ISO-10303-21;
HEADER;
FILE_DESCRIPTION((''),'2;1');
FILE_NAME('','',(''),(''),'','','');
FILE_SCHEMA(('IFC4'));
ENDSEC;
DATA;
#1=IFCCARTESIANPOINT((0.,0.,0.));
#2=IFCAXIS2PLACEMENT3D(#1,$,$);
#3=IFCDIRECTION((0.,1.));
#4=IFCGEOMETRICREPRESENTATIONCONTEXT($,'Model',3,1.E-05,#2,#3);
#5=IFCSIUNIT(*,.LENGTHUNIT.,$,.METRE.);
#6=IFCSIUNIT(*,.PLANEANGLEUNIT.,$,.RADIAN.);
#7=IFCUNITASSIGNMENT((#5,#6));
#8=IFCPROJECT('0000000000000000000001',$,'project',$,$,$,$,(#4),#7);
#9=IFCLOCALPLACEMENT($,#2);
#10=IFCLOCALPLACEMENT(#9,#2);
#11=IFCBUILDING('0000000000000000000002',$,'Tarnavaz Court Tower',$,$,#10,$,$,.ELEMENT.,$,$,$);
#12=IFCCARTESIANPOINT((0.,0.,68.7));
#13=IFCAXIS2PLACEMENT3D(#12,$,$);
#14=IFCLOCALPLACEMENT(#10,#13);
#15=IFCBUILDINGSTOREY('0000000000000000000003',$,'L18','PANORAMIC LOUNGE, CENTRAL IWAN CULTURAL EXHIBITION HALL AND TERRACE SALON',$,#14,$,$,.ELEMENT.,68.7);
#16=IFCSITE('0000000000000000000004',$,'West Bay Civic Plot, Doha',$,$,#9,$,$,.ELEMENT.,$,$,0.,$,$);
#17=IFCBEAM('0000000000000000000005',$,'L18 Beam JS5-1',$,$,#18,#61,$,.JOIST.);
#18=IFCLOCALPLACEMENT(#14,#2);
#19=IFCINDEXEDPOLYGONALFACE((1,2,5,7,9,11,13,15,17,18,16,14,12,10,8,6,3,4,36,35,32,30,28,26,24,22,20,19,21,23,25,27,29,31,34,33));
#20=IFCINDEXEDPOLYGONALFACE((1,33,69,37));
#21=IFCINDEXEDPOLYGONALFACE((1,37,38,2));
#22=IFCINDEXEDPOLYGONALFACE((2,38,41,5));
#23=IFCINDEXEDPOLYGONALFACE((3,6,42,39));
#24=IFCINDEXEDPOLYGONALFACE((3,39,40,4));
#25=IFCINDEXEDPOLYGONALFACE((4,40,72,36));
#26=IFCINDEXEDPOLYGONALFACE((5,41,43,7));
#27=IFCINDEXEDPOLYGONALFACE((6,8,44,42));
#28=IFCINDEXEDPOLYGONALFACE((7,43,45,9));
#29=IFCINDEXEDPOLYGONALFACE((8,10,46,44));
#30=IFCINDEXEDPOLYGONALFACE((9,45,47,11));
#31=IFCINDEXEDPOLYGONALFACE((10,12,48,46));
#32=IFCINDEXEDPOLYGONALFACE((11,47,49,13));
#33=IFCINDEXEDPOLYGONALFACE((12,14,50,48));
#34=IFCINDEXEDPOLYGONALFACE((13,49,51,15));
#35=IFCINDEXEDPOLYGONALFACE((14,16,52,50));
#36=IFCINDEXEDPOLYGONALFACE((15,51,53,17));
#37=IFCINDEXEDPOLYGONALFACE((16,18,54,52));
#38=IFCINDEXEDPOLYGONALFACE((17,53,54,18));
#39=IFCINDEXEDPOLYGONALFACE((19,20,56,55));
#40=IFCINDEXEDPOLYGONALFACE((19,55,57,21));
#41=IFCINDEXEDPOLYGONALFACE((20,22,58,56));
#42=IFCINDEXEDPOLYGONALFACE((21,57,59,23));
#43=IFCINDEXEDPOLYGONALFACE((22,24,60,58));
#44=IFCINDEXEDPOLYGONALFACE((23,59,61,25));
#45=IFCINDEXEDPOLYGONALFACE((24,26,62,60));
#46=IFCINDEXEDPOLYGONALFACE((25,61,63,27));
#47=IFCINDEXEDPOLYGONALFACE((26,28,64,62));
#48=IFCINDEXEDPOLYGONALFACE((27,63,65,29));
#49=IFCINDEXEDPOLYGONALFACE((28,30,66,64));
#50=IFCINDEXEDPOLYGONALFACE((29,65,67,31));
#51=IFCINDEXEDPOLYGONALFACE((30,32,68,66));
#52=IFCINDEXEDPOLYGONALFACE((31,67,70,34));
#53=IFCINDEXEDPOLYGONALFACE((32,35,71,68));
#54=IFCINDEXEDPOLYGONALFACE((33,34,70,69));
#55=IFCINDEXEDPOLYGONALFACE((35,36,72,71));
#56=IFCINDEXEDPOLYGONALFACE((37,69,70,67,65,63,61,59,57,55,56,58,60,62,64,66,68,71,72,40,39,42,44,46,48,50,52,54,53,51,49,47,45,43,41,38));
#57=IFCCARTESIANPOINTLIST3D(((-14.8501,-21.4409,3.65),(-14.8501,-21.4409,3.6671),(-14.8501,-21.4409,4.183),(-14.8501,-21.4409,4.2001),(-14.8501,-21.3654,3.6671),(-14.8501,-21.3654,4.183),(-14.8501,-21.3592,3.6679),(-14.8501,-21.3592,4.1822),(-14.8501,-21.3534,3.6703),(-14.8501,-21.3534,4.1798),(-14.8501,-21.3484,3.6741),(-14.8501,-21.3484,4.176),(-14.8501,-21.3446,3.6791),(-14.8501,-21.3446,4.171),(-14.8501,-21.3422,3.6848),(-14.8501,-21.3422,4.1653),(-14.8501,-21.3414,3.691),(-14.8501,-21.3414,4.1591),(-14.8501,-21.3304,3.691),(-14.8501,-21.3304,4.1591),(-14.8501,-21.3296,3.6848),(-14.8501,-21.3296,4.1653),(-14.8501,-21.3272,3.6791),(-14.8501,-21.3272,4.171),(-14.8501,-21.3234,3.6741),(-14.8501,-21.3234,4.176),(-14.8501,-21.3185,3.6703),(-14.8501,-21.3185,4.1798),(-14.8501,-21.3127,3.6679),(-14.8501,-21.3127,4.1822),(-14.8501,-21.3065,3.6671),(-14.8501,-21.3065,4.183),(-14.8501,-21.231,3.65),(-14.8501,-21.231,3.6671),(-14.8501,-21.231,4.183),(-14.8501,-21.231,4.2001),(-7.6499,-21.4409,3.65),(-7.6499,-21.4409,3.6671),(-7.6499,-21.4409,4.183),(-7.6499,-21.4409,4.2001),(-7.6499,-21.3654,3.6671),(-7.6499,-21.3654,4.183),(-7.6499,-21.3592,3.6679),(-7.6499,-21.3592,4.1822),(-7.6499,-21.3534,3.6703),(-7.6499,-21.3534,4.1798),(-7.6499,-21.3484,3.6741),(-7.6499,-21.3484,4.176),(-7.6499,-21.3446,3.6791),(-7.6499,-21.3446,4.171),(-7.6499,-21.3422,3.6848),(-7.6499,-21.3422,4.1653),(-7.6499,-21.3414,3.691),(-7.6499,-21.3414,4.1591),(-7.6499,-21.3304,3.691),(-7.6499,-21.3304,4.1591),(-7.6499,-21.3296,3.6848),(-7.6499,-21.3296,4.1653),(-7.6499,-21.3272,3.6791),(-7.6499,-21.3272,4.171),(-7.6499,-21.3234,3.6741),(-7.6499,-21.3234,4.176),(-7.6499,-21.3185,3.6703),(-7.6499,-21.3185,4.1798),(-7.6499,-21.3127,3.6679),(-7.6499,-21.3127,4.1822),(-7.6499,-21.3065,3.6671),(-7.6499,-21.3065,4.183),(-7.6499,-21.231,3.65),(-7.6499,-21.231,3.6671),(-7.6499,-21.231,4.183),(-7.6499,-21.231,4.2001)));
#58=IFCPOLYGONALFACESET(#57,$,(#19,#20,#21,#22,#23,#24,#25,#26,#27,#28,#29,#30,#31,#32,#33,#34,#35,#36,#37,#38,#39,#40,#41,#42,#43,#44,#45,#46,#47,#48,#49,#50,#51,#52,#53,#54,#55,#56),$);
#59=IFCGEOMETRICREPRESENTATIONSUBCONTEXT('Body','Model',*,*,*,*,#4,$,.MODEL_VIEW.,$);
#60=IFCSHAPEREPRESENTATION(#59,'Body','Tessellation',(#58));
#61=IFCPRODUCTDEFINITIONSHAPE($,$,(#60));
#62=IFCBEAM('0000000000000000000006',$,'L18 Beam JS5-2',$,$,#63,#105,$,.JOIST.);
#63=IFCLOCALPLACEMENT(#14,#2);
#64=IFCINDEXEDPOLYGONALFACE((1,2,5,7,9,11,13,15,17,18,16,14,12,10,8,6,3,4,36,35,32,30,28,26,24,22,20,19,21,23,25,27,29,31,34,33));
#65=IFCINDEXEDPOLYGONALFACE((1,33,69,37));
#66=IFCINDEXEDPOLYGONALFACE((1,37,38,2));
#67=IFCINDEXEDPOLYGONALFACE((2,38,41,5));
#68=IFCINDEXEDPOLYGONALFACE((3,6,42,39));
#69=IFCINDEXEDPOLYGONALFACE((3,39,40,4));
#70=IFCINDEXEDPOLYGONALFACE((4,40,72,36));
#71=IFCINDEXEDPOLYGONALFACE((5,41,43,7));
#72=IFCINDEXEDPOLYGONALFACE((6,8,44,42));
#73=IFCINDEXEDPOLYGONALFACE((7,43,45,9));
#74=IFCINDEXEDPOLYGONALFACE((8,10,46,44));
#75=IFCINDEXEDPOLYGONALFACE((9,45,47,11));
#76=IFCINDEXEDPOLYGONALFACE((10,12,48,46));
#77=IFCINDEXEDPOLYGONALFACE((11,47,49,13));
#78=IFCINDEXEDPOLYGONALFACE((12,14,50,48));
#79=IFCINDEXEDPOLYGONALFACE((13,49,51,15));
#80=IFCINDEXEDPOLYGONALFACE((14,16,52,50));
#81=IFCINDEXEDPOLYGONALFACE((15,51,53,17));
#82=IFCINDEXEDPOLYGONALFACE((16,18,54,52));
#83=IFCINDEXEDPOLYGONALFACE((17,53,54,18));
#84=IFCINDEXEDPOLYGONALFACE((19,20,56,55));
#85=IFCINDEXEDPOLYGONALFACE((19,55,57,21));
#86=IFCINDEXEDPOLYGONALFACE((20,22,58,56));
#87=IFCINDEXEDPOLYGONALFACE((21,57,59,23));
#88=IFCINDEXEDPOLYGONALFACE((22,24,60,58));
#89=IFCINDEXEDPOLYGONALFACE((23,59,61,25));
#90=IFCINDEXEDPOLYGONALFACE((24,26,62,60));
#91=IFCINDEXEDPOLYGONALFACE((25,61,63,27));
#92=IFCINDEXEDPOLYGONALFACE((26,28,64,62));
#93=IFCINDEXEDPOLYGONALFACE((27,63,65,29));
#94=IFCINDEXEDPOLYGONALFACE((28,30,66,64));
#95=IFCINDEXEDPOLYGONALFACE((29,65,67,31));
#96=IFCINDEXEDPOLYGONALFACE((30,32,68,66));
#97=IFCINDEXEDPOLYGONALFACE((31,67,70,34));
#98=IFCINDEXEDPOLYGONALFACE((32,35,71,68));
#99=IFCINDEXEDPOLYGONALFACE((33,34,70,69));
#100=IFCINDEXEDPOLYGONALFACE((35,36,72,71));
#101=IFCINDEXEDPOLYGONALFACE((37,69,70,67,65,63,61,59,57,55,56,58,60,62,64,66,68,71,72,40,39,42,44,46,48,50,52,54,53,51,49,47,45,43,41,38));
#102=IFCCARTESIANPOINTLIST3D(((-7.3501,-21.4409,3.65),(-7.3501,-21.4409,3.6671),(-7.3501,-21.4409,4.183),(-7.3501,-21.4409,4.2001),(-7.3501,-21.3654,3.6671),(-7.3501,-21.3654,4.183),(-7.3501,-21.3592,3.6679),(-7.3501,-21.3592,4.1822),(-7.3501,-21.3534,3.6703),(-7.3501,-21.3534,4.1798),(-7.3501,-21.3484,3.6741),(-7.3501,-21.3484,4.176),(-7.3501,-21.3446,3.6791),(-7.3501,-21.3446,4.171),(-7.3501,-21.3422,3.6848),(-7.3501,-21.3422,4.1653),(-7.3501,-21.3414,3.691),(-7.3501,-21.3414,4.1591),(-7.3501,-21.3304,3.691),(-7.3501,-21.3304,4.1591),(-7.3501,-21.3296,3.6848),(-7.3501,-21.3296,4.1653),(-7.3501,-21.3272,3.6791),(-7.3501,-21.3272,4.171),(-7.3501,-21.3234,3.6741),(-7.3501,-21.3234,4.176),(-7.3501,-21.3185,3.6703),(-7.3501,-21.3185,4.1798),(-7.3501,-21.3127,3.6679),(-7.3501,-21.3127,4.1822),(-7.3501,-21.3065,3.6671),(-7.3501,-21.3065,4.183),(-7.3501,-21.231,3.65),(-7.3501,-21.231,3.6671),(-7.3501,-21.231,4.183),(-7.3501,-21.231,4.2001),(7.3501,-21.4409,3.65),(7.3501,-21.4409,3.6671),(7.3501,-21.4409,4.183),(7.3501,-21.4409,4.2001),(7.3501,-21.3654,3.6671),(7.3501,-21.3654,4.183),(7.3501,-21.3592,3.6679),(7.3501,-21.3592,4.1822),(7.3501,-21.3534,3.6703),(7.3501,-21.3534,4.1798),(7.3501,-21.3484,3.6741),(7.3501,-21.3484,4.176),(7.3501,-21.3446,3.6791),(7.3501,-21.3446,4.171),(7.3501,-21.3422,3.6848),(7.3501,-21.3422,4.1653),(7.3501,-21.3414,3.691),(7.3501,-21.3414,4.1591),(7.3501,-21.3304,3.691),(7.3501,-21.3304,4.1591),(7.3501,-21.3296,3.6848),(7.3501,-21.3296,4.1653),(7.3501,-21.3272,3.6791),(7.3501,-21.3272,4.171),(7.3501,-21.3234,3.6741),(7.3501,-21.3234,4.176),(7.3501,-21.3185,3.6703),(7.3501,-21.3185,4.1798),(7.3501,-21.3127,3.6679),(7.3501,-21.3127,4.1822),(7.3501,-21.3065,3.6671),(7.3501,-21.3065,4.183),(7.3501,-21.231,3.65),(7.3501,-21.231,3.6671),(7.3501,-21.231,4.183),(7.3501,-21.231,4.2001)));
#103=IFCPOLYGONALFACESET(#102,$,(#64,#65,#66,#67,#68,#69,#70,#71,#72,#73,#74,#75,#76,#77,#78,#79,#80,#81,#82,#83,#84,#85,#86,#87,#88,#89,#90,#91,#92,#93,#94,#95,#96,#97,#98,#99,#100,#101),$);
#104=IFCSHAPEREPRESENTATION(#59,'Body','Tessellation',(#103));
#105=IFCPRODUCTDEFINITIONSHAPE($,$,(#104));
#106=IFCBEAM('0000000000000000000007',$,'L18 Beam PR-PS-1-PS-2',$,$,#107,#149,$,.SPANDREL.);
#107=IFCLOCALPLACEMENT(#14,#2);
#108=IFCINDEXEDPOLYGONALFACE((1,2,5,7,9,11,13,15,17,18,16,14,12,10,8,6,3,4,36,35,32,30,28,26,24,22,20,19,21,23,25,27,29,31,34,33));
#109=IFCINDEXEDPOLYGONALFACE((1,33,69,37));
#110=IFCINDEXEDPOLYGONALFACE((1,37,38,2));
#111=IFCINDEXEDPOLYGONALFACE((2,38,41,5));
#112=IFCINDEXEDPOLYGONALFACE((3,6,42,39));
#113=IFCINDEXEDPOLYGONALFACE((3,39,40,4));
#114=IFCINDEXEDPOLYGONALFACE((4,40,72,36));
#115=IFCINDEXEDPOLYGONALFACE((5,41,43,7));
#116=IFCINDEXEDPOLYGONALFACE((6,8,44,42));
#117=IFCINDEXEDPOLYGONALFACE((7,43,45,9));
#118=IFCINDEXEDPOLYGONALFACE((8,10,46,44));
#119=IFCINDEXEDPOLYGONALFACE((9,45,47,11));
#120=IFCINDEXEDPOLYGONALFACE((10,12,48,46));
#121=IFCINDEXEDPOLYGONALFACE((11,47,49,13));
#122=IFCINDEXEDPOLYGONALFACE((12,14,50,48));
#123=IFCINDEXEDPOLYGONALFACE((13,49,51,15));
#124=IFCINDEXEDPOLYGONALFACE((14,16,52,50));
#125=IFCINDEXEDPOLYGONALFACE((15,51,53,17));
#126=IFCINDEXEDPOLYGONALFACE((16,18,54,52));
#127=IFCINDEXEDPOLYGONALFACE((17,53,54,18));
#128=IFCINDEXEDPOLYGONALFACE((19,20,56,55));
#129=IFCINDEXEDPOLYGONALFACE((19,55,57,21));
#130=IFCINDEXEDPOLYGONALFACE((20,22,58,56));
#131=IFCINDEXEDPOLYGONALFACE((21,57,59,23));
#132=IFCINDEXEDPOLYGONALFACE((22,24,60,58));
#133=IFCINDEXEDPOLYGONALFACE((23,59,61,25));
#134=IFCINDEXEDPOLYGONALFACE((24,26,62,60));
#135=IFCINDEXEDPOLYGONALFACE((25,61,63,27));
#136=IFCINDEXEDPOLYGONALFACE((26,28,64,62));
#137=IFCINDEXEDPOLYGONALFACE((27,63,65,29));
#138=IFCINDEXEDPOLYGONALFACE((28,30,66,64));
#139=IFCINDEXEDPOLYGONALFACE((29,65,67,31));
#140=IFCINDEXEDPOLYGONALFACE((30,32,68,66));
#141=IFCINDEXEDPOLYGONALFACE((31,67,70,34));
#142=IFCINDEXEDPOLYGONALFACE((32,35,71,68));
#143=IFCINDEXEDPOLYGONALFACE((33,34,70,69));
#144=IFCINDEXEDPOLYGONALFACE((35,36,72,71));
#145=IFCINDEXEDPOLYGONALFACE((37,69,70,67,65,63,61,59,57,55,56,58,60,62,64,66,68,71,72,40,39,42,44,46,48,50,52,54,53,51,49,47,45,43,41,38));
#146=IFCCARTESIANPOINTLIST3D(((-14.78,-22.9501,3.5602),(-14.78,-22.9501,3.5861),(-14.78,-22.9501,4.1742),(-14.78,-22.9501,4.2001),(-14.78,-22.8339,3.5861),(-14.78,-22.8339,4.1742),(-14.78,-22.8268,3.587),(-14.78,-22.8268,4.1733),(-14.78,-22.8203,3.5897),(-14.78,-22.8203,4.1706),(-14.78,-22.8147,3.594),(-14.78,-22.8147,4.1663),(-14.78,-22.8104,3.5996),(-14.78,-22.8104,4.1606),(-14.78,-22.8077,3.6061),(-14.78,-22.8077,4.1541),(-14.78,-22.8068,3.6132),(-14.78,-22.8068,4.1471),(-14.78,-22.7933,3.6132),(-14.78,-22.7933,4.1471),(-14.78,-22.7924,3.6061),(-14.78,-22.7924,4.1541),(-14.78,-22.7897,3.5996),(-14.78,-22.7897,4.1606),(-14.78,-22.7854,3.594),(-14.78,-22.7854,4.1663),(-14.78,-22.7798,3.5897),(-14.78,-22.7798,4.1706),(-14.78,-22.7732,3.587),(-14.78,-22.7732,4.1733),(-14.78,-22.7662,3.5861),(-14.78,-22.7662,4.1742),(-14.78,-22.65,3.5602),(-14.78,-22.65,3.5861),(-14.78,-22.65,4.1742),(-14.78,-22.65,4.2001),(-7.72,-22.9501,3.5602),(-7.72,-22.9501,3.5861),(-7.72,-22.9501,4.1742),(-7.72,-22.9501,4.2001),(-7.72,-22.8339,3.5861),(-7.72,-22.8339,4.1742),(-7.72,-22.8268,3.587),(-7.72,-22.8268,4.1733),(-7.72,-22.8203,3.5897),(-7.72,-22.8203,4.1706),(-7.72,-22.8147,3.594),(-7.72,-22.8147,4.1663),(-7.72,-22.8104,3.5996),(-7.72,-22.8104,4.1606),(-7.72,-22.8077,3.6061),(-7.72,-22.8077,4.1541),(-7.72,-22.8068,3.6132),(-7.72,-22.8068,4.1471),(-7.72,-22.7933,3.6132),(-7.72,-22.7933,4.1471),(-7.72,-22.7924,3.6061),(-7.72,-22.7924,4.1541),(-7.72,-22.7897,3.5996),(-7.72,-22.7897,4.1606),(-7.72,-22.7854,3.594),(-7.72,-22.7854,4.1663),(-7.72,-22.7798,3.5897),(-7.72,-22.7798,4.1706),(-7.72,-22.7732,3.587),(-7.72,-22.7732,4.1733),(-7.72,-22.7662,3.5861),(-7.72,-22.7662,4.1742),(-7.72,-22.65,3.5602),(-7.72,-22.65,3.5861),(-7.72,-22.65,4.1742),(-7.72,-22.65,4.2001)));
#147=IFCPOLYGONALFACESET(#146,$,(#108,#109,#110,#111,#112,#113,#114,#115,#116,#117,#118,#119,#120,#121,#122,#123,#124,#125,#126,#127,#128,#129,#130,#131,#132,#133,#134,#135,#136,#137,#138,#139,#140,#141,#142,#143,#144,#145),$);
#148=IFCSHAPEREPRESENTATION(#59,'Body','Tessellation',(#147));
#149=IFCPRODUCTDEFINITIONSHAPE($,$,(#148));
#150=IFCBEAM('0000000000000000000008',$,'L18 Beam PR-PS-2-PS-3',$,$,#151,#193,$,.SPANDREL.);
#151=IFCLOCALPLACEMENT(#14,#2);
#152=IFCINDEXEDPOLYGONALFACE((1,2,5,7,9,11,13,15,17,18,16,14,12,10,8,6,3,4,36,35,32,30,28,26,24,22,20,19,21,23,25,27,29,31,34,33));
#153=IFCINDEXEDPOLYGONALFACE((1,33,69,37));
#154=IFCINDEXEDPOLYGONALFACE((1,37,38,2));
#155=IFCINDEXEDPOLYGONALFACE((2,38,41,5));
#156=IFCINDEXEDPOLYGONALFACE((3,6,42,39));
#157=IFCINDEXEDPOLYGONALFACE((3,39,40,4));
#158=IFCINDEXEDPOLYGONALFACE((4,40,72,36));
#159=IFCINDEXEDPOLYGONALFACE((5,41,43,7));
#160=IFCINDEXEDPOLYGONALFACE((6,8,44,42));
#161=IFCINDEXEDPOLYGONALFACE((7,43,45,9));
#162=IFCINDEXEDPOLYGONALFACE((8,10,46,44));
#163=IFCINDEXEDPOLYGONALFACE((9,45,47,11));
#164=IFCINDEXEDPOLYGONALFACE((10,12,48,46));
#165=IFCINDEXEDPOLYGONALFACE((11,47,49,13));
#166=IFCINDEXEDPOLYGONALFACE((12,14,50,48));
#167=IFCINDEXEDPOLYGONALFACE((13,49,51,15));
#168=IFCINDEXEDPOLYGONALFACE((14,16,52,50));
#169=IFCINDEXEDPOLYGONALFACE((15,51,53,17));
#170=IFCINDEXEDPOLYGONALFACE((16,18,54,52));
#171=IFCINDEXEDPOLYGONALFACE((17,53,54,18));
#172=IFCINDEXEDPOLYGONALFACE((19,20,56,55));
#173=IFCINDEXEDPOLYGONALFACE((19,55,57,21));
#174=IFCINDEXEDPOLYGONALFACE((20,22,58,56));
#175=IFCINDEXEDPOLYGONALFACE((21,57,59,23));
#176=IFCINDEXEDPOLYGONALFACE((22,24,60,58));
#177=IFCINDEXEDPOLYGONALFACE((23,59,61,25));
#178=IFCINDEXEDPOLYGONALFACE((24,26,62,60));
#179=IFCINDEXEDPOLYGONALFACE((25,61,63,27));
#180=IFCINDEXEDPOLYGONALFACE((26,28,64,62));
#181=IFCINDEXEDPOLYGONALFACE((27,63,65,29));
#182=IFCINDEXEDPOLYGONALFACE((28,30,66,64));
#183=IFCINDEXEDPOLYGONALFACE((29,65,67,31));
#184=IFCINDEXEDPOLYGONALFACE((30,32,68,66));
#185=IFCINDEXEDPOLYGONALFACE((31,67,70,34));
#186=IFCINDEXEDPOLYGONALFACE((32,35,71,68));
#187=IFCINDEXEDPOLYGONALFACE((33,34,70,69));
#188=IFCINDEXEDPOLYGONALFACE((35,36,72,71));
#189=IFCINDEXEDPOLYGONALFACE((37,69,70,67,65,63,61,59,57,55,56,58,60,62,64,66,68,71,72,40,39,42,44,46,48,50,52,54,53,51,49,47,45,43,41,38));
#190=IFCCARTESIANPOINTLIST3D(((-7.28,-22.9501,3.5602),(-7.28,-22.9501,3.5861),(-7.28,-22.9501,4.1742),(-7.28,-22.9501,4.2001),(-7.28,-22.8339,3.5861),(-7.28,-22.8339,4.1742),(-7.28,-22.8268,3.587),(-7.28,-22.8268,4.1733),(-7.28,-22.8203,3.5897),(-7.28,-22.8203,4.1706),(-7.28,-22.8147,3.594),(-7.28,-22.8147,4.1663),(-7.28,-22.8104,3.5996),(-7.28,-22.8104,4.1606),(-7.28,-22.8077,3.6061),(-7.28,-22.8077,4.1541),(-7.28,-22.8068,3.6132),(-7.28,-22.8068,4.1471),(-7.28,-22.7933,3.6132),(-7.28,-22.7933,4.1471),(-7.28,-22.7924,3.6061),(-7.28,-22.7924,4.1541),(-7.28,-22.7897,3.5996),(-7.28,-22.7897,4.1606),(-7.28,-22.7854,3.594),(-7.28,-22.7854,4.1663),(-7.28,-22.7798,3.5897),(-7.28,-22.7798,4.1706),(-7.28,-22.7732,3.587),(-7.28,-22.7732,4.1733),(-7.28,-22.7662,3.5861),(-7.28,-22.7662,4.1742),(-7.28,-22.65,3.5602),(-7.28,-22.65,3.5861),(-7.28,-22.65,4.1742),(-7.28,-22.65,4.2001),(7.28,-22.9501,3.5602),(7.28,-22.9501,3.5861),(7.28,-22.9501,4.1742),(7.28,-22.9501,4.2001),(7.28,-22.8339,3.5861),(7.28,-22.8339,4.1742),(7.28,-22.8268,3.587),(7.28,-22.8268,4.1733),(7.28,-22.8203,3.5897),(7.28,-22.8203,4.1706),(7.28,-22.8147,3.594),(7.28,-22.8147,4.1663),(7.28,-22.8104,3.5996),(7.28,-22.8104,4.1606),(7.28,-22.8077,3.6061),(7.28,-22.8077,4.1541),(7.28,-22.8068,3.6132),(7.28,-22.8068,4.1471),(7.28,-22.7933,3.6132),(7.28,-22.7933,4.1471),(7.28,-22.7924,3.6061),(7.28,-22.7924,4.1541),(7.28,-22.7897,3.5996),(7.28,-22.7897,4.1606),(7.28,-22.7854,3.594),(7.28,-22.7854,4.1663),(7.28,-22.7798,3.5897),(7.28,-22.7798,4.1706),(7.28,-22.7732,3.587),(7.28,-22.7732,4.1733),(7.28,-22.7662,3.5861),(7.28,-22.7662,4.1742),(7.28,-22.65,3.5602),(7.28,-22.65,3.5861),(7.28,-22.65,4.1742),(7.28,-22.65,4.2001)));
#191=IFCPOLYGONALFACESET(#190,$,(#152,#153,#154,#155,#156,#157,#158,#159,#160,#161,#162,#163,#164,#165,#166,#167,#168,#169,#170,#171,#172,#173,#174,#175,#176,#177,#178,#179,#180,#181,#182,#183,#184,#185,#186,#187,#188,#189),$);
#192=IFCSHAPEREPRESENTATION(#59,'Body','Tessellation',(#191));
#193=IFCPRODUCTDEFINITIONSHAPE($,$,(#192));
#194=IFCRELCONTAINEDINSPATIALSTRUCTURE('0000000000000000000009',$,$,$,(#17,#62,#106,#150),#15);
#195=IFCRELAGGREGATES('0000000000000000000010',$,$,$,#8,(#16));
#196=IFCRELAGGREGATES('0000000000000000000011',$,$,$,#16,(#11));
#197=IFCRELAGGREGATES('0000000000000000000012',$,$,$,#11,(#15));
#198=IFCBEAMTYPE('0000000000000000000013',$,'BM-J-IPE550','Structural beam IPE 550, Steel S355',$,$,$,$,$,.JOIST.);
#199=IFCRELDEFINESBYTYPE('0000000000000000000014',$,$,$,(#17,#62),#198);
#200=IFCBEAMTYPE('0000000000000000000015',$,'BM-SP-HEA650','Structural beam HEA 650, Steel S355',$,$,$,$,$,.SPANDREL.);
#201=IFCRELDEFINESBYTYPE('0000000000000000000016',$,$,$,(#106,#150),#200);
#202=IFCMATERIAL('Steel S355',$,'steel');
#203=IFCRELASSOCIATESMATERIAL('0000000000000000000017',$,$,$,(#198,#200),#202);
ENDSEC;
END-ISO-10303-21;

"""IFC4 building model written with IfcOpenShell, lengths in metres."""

from ifc_helpers import new_model, si_unit, direction, frame, origin, origin_2d, place, context, subcontext, project, spatial, i_section, extrude, material, material_profile, profile_set, type_object, element, save


model = new_model("IFC4")

# Units and contexts
model_context = context("Model", 3, precision=1e-05, world=origin(), true_north=direction((0.0, 1.0)))
body_context = subcontext(model_context, "Body", "Model", "MODEL_VIEW")
ifc_project = project(units=[si_unit("LENGTHUNIT", "METRE"), si_unit("PLANEANGLEUNIT", "RADIAN")], contexts=[model_context])

# Site, building, storey
site_placement = place(None, origin())
site = spatial("IfcSite", under=ifc_project, at=site_placement, Name="West Bay Civic Plot, Doha", CompositionType="ELEMENT", RefElevation=0.0)
building_placement = place(site_placement, origin())
building = spatial("IfcBuilding", under=site, at=building_placement, Name="Tarnavaz Court Tower", CompositionType="ELEMENT")
storey_placement = place(building_placement, frame((0.0, 0.0, 68.7)))
storey = spatial("IfcBuildingStorey", under=building, at=storey_placement, Name="L18", Description="PANORAMIC LOUNGE, CENTRAL IWAN CULTURAL EXHIBITION HALL AND TERRACE SALON", CompositionType="ELEMENT", Elevation=68.7)

# Beams
ifc_material_1 = material(Name="Steel S355", Category="steel")
ifc_material_profile_1 = material_profile(ifc_material_1, i_section(OverallWidth=0.21, OverallDepth=0.55, WebThickness=0.011, FlangeThickness=0.0171, FilletRadius=0.0239, at=origin_2d()), Name="IPE 550")
ifc_profile_set_1 = profile_set([ifc_material_profile_1], Name="Steel S355")
beam_type_1 = type_object("IfcBeamType", Name="BM-J-IPE550", Description="Structural beam IPE 550, Steel S355", PredefinedType="JOIST", material=ifc_profile_set_1)
beam_1_placement = place(storey_placement, frame((-14.8501, -21.3359, 3.925), z_axis=(1.0, 0.0, 0.0), x_axis=(0.0, 1.0, 0.0)))
element("IfcBeam", 1, at=beam_1_placement, inside=storey, type_object=beam_type_1, Name="L18 Beam JS5-1", PredefinedType="JOIST", context=body_context, shape_type="SweptSolid", body=[
    extrude(i_section(OverallWidth=0.21, OverallDepth=0.55, WebThickness=0.011, FlangeThickness=0.0171, FilletRadius=0.0239, at=origin_2d()), origin(), (0.0, 0.0, 1.0), 7.2002),
])
beam_2_placement = place(storey_placement, frame((-7.3501, -21.3359, 3.925), z_axis=(1.0, 0.0, 0.0), x_axis=(0.0, 1.0, 0.0)))
element("IfcBeam", 2, at=beam_2_placement, inside=storey, type_object=beam_type_1, Name="L18 Beam JS5-2", PredefinedType="JOIST", context=body_context, shape_type="SweptSolid", body=[
    extrude(i_section(OverallWidth=0.21, OverallDepth=0.55, WebThickness=0.011, FlangeThickness=0.0171, FilletRadius=0.0239, at=origin_2d()), origin(), (0.0, 0.0, 1.0), 14.7002),
])
ifc_material_profile_2 = material_profile(ifc_material_1, i_section(OverallWidth=0.3, OverallDepth=0.6399, WebThickness=0.0134, FlangeThickness=0.0259, FilletRadius=0.0271, at=origin_2d()), Name="HEA 650")
ifc_profile_set_2 = profile_set([ifc_material_profile_2], Name="Steel S355")
beam_type_2 = type_object("IfcBeamType", Name="BM-SP-HEA650", Description="Structural beam HEA 650, Steel S355", PredefinedType="SPANDREL", material=ifc_profile_set_2)
beam_3_placement = place(storey_placement, frame((-14.78, -22.8, 3.8801), z_axis=(1.0, 0.0, 0.0), x_axis=(0.0, 1.0, 0.0)))
element("IfcBeam", 3, at=beam_3_placement, inside=storey, type_object=beam_type_2, Name="L18 Beam PR-PS-1-PS-2", PredefinedType="SPANDREL", context=body_context, shape_type="SweptSolid", body=[
    extrude(i_section(OverallWidth=0.3, OverallDepth=0.6399, WebThickness=0.0134, FlangeThickness=0.0259, FilletRadius=0.0271, at=origin_2d()), origin(), (0.0, 0.0, 1.0), 7.0601),
])
beam_4_placement = place(storey_placement, frame((-7.28, -22.8, 3.8801), z_axis=(1.0, 0.0, 0.0), x_axis=(0.0, 1.0, 0.0)))
element("IfcBeam", 4, at=beam_4_placement, inside=storey, type_object=beam_type_2, Name="L18 Beam PR-PS-2-PS-3", PredefinedType="SPANDREL", context=body_context, shape_type="SweptSolid", body=[
    extrude(i_section(OverallWidth=0.3, OverallDepth=0.6399, WebThickness=0.0134, FlangeThickness=0.0259, FilletRadius=0.0271, at=origin_2d()), origin(), (0.0, 0.0, 1.0), 14.5601),
])

save(model, "model.ifc")
